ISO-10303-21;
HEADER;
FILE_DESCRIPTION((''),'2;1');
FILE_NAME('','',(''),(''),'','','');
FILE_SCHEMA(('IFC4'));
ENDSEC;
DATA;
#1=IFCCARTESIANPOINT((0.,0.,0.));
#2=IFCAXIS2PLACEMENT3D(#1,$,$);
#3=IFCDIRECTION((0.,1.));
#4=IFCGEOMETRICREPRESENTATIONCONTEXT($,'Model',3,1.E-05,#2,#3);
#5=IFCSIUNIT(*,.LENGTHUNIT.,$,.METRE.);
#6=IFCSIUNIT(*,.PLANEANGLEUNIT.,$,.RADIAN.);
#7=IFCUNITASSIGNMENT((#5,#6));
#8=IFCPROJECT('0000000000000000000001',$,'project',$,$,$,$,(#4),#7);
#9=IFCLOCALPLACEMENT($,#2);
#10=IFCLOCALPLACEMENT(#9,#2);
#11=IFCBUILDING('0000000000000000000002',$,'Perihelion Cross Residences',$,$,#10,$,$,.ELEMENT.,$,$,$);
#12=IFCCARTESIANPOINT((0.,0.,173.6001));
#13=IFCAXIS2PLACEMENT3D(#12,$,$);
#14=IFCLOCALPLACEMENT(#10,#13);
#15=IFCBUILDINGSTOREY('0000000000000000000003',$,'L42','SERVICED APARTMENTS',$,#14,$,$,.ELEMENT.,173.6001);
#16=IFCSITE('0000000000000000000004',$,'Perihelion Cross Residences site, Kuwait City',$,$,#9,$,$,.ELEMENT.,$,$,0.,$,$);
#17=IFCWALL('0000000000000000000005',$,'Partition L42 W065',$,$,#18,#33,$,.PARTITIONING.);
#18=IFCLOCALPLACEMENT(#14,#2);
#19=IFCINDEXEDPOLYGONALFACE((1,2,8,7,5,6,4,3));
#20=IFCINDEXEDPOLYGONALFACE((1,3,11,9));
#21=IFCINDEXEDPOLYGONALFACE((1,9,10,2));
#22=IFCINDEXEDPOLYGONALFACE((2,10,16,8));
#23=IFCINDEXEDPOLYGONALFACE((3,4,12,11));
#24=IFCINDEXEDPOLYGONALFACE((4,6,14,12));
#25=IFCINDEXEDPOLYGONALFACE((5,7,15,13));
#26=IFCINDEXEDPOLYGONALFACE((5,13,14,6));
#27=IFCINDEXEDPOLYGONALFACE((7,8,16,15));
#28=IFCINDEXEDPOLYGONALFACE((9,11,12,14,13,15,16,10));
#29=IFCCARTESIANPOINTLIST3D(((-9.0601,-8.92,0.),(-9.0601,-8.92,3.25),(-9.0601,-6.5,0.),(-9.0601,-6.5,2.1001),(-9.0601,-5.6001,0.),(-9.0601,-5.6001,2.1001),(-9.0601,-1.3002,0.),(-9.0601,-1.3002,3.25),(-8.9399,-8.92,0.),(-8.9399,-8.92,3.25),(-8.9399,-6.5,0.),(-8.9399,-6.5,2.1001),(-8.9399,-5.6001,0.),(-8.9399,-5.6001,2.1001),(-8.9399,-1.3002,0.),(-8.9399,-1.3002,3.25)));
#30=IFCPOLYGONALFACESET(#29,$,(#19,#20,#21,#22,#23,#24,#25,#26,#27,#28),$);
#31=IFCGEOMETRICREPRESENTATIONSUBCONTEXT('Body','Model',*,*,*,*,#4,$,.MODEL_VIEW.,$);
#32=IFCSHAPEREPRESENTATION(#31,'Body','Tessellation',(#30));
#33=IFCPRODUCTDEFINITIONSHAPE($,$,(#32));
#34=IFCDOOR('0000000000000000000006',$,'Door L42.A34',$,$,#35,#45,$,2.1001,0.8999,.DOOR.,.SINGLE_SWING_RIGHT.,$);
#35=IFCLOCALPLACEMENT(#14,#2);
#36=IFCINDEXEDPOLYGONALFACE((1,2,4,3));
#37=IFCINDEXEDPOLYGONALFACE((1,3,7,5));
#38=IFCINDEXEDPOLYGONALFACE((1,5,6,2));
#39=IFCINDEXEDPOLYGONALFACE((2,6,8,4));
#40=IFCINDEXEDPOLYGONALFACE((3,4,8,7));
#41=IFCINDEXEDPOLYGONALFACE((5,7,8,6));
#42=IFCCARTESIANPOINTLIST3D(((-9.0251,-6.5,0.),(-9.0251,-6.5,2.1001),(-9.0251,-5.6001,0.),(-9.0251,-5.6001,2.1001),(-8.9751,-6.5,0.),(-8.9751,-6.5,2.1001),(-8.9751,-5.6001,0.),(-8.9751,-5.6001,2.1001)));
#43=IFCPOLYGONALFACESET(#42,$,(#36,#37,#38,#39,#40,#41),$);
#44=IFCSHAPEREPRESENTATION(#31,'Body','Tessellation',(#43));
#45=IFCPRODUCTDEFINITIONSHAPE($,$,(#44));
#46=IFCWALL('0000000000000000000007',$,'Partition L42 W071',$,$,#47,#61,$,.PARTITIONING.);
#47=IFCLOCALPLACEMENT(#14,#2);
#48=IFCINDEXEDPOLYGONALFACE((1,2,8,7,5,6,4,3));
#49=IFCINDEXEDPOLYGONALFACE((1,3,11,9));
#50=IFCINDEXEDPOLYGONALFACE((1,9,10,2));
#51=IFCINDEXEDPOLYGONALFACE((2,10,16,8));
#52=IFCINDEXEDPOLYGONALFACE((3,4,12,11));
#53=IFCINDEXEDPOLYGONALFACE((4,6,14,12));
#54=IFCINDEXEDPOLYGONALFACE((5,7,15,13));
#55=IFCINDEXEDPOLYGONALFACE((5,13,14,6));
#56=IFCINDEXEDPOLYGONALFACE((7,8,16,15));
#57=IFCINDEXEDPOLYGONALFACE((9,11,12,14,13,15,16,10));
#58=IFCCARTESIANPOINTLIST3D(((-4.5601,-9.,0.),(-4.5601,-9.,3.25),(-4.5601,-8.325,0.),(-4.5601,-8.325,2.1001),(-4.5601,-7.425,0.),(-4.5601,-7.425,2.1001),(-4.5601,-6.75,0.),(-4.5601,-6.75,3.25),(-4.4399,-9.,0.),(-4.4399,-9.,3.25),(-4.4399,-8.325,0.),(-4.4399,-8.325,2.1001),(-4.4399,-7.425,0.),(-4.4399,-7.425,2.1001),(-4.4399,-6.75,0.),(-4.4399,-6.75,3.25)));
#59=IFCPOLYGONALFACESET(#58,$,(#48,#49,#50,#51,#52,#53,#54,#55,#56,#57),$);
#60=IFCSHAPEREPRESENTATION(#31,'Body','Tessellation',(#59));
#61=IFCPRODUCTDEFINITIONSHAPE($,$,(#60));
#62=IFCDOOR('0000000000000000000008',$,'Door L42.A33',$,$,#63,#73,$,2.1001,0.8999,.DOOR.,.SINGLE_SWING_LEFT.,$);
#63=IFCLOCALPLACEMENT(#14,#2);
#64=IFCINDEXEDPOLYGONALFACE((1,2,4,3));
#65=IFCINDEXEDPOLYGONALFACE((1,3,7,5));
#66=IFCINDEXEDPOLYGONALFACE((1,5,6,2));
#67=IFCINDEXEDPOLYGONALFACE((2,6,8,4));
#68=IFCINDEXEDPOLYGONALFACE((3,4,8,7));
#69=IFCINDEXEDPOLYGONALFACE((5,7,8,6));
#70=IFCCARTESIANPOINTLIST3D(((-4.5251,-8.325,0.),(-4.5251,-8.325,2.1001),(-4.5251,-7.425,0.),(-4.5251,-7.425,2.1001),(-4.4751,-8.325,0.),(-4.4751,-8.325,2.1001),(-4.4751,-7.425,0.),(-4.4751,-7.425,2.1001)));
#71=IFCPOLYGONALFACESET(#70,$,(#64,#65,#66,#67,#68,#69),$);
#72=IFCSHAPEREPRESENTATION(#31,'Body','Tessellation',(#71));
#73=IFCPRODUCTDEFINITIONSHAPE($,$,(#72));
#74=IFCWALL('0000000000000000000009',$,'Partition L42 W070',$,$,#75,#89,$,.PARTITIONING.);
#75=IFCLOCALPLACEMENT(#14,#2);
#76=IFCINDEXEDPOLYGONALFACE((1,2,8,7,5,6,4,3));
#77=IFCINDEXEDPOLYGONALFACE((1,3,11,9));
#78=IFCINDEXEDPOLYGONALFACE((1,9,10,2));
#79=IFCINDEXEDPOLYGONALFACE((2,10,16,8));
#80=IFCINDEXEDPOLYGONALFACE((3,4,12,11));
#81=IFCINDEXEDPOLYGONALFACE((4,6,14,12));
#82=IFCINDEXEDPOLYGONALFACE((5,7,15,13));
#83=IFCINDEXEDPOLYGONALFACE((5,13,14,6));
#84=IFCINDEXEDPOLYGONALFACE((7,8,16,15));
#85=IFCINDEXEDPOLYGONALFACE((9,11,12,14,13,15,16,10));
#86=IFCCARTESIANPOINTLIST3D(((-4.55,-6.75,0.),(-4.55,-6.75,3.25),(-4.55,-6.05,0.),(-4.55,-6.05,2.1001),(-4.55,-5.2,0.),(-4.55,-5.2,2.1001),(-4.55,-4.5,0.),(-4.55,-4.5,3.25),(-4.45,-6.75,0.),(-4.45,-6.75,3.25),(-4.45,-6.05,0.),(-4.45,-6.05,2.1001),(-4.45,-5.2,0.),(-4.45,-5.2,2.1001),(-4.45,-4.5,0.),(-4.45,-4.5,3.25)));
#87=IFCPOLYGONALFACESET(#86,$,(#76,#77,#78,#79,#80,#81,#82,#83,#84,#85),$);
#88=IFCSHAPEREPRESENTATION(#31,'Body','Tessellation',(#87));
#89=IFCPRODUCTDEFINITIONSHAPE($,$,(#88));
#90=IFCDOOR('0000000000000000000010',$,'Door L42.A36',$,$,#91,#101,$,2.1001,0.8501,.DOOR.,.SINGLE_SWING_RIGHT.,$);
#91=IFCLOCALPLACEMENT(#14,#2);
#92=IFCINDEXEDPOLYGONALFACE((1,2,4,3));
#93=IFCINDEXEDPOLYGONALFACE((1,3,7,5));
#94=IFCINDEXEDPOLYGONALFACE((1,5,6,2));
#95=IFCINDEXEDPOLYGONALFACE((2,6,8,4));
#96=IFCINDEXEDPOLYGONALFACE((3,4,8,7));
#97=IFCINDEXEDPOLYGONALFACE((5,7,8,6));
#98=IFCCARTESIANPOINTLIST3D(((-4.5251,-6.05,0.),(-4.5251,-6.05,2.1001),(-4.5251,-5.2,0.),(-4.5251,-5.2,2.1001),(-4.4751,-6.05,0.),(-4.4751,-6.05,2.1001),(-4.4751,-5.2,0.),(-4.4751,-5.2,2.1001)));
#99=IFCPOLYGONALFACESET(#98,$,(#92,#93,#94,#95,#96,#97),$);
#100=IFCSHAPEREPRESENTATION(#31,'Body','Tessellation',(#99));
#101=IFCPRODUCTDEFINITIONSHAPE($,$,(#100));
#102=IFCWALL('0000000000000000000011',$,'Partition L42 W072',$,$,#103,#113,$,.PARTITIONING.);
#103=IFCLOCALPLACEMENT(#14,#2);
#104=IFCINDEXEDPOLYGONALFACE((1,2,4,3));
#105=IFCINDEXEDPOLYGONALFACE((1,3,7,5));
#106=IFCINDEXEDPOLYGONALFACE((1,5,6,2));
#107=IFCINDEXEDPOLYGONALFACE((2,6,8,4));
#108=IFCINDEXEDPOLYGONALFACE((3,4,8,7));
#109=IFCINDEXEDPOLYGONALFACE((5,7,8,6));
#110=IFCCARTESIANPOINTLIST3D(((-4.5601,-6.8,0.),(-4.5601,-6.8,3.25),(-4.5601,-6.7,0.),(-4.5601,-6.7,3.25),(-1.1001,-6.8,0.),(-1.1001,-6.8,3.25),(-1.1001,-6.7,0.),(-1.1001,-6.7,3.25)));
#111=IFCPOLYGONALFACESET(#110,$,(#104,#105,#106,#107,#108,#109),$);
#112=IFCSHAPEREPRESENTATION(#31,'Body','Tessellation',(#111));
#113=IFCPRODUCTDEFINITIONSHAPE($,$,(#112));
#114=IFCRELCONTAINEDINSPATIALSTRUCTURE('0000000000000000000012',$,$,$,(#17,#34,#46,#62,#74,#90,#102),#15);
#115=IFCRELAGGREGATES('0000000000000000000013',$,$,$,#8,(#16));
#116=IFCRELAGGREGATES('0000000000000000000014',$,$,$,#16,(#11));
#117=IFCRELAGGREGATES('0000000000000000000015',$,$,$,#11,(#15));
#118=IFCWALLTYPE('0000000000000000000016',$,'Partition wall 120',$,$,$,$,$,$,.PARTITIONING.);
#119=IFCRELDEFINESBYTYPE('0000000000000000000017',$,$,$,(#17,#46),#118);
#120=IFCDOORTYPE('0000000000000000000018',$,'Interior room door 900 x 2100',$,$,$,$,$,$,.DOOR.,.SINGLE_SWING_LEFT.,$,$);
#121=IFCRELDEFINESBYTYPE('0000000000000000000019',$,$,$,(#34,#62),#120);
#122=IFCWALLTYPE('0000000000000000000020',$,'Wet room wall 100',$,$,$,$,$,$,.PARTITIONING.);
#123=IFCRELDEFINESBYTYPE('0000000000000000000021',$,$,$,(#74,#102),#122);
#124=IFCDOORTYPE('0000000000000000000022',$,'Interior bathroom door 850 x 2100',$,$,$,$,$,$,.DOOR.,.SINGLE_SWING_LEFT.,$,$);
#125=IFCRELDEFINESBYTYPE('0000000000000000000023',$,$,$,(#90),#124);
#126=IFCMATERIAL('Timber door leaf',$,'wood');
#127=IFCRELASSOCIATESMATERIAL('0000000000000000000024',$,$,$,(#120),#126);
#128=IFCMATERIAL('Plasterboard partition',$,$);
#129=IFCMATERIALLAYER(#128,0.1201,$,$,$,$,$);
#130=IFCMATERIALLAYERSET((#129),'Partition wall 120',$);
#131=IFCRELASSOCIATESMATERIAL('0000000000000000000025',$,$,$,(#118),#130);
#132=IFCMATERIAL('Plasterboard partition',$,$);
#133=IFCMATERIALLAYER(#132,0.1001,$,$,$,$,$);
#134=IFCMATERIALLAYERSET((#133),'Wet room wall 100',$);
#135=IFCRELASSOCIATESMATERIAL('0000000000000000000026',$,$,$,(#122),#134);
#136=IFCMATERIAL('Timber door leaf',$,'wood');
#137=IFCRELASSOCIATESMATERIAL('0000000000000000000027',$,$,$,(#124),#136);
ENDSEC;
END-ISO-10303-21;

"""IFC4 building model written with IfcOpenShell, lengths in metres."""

from ifc_helpers import new_model, si_unit, direction, frame, frame_2d, origin, place, context, subcontext, project, spatial, rectangle, extrude, material, layer, layer_set, type_object, element, fill, save


model = new_model("IFC4")

# Units and contexts
model_context = context("Model", 3, precision=1e-05, world=origin(), true_north=direction((0.0, 1.0)))
body_context = subcontext(model_context, "Body", "Model", "MODEL_VIEW")
ifc_project = project(units=[si_unit("LENGTHUNIT", "METRE"), si_unit("PLANEANGLEUNIT", "RADIAN")], contexts=[model_context])

# Site, building, storey
site_placement = place(None, origin())
site = spatial("IfcSite", under=ifc_project, at=site_placement, Name="Perihelion Cross Residences site, Kuwait City", CompositionType="ELEMENT", RefElevation=0.0)
building_placement = place(site_placement, origin())
building = spatial("IfcBuilding", under=site, at=building_placement, Name="Perihelion Cross Residences", CompositionType="ELEMENT")
storey_placement = place(building_placement, frame((0.0, 0.0, 173.6001)))
storey = spatial("IfcBuildingStorey", under=building, at=storey_placement, Name="L42", Description="SERVICED APARTMENTS", CompositionType="ELEMENT", Elevation=173.6001)

# Shared definitions
ifc_material_1 = material(Name="Timber door leaf", Category="wood")
door_type_1 = type_object("IfcDoorType", Name="Interior room door 900 x 2100", OperationType="SINGLE_SWING_LEFT", PredefinedType="DOOR", material=ifc_material_1)

# Shared definitions
ifc_material_2 = material(Name="Plasterboard partition")
ifc_layer_1 = layer(ifc_material_2, 0.1201)
ifc_layer_set_1 = layer_set([ifc_layer_1], Name="Partition wall 120")
wall_type_1 = type_object("IfcWallType", Name="Partition wall 120", PredefinedType="PARTITIONING", material=ifc_layer_set_1)

# Walls, openings, doors
wall_1_placement = place(storey_placement, frame((-9.0, -1.3, 0.0), z_axis=(0.0, 0.0, 1.0), x_axis=(0.0, -1.0, 0.0)))
wall_1 = element("IfcWall", 1, at=wall_1_placement, inside=storey, type_object=wall_type_1, Name="Partition L42 W065", PredefinedType="PARTITIONING", context=body_context, shape_type="SweptSolid", body=[
    extrude(rectangle(XDim=7.6199, YDim=0.1201, at=frame_2d((3.8101, 0.0))), origin(), (0.0, 0.0, 1.0), 3.25),
])
opening_1_placement = place(wall_1_placement, frame((4.3, 0.0, 0.0)))
opening_1 = element("IfcOpeningElement", 2, at=opening_1_placement, cuts=wall_1, PredefinedType="OPENING", context=body_context, shape_type="SweptSolid", body=[
    extrude(rectangle(XDim=0.8999, YDim=2.1001, at=frame_2d((0.45, 1.05))), frame((0.0, 0.0701, 0.0), z_axis=(0.0, -1.0, 0.0), x_axis=(1.0, 0.0, 0.0)), (0.0, 0.0, 1.0), 0.1401),
])
door_1_placement = place(opening_1_placement, origin())
door_1 = element("IfcDoor", 3, at=door_1_placement, inside=storey, type_object=door_type_1, Name="Door L42.A34", OperationType="SINGLE_SWING_RIGHT", OverallHeight=2.1001, OverallWidth=0.8999, PredefinedType="DOOR", context=body_context, shape_type="SweptSolid", body=[
    extrude(rectangle(XDim=0.8999, YDim=2.1001, at=frame_2d((0.45, 1.05))), frame((0.0, 0.0249, 0.0), z_axis=(0.0, -1.0, 0.0), x_axis=(1.0, 0.0, 0.0)), (0.0, 0.0, 1.0), 0.05),
])
fill(opening_1, door_1)
wall_2_placement = place(storey_placement, frame((-4.5, -6.75, 0.0), z_axis=(0.0, 0.0, 1.0), x_axis=(0.0, -1.0, 0.0)))
wall_2 = element("IfcWall", 4, at=wall_2_placement, inside=storey, type_object=wall_type_1, Name="Partition L42 W071", PredefinedType="PARTITIONING", context=body_context, shape_type="SweptSolid", body=[
    extrude(rectangle(XDim=2.25, YDim=0.1201, at=frame_2d((1.125, 0.0))), origin(), (0.0, 0.0, 1.0), 3.25),
])
opening_2_placement = place(wall_2_placement, frame((0.675, 0.0, 0.0)))
opening_2 = element("IfcOpeningElement", 5, at=opening_2_placement, cuts=wall_2, PredefinedType="OPENING", context=body_context, shape_type="SweptSolid", body=[
    extrude(rectangle(XDim=0.8999, YDim=2.1001, at=frame_2d((0.45, 1.05))), frame((0.0, 0.0701, 0.0), z_axis=(0.0, -1.0, 0.0), x_axis=(1.0, 0.0, 0.0)), (0.0, 0.0, 1.0), 0.1401),
])
door_2_placement = place(opening_2_placement, origin())
door_2 = element("IfcDoor", 6, at=door_2_placement, inside=storey, type_object=door_type_1, Name="Door L42.A33", OperationType="SINGLE_SWING_LEFT", OverallHeight=2.1001, OverallWidth=0.8999, PredefinedType="DOOR", context=body_context, shape_type="SweptSolid", body=[
    extrude(rectangle(XDim=0.8999, YDim=2.1001, at=frame_2d((0.45, 1.05))), frame((0.0, 0.0249, 0.0), z_axis=(0.0, -1.0, 0.0), x_axis=(1.0, 0.0, 0.0)), (0.0, 0.0, 1.0), 0.05),
])
fill(opening_2, door_2)
ifc_material_3 = material(Name="Plasterboard partition")
ifc_layer_2 = layer(ifc_material_3, 0.1001)
ifc_layer_set_2 = layer_set([ifc_layer_2], Name="Wet room wall 100")
wall_type_2 = type_object("IfcWallType", Name="Wet room wall 100", PredefinedType="PARTITIONING", material=ifc_layer_set_2)
wall_3_placement = place(storey_placement, frame((-4.5, -4.5, 0.0), z_axis=(0.0, 0.0, 1.0), x_axis=(0.0, -1.0, 0.0)))
wall_3 = element("IfcWall", 7, at=wall_3_placement, inside=storey, type_object=wall_type_2, Name="Partition L42 W070", PredefinedType="PARTITIONING", context=body_context, shape_type="SweptSolid", body=[
    extrude(rectangle(XDim=2.25, YDim=0.1001, at=frame_2d((1.125, 0.0))), origin(), (0.0, 0.0, 1.0), 3.25),
])
opening_3_placement = place(wall_3_placement, frame((0.7, 0.0, 0.0)))
opening_3 = element("IfcOpeningElement", 8, at=opening_3_placement, cuts=wall_3, PredefinedType="OPENING", context=body_context, shape_type="SweptSolid", body=[
    extrude(rectangle(XDim=0.8501, YDim=2.1001, at=frame_2d((0.425, 1.05))), frame((0.0, 0.0601, 0.0), z_axis=(0.0, -1.0, 0.0), x_axis=(1.0, 0.0, 0.0)), (0.0, 0.0, 1.0), 0.1201),
])
ifc_material_4 = material(Name="Timber door leaf", Category="wood")
door_type_2 = type_object("IfcDoorType", Name="Interior bathroom door 850 x 2100", OperationType="SINGLE_SWING_LEFT", PredefinedType="DOOR", material=ifc_material_4)
door_3_placement = place(opening_3_placement, origin())
door_3 = element("IfcDoor", 9, at=door_3_placement, inside=storey, type_object=door_type_2, Name="Door L42.A36", OperationType="SINGLE_SWING_RIGHT", OverallHeight=2.1001, OverallWidth=0.8501, PredefinedType="DOOR", context=body_context, shape_type="SweptSolid", body=[
    extrude(rectangle(XDim=0.8501, YDim=2.1001, at=frame_2d((0.425, 1.05))), frame((0.0, 0.0249, 0.0), z_axis=(0.0, -1.0, 0.0), x_axis=(1.0, 0.0, 0.0)), (0.0, 0.0, 1.0), 0.05),
])
fill(opening_3, door_3)

# Wall
wall_4_placement = place(storey_placement, frame((-1.1001, -6.75, 0.0), z_axis=(0.0, 0.0, 1.0), x_axis=(-1.0, 0.0, 0.0)))
element("IfcWall", 10, at=wall_4_placement, inside=storey, type_object=wall_type_2, Name="Partition L42 W072", PredefinedType="PARTITIONING", context=body_context, shape_type="SweptSolid", body=[
    extrude(rectangle(XDim=3.46, YDim=0.1001, at=frame_2d((1.73, 0.0))), origin(), (0.0, 0.0, 1.0), 3.25),
])

save(model, "model.ifc")
